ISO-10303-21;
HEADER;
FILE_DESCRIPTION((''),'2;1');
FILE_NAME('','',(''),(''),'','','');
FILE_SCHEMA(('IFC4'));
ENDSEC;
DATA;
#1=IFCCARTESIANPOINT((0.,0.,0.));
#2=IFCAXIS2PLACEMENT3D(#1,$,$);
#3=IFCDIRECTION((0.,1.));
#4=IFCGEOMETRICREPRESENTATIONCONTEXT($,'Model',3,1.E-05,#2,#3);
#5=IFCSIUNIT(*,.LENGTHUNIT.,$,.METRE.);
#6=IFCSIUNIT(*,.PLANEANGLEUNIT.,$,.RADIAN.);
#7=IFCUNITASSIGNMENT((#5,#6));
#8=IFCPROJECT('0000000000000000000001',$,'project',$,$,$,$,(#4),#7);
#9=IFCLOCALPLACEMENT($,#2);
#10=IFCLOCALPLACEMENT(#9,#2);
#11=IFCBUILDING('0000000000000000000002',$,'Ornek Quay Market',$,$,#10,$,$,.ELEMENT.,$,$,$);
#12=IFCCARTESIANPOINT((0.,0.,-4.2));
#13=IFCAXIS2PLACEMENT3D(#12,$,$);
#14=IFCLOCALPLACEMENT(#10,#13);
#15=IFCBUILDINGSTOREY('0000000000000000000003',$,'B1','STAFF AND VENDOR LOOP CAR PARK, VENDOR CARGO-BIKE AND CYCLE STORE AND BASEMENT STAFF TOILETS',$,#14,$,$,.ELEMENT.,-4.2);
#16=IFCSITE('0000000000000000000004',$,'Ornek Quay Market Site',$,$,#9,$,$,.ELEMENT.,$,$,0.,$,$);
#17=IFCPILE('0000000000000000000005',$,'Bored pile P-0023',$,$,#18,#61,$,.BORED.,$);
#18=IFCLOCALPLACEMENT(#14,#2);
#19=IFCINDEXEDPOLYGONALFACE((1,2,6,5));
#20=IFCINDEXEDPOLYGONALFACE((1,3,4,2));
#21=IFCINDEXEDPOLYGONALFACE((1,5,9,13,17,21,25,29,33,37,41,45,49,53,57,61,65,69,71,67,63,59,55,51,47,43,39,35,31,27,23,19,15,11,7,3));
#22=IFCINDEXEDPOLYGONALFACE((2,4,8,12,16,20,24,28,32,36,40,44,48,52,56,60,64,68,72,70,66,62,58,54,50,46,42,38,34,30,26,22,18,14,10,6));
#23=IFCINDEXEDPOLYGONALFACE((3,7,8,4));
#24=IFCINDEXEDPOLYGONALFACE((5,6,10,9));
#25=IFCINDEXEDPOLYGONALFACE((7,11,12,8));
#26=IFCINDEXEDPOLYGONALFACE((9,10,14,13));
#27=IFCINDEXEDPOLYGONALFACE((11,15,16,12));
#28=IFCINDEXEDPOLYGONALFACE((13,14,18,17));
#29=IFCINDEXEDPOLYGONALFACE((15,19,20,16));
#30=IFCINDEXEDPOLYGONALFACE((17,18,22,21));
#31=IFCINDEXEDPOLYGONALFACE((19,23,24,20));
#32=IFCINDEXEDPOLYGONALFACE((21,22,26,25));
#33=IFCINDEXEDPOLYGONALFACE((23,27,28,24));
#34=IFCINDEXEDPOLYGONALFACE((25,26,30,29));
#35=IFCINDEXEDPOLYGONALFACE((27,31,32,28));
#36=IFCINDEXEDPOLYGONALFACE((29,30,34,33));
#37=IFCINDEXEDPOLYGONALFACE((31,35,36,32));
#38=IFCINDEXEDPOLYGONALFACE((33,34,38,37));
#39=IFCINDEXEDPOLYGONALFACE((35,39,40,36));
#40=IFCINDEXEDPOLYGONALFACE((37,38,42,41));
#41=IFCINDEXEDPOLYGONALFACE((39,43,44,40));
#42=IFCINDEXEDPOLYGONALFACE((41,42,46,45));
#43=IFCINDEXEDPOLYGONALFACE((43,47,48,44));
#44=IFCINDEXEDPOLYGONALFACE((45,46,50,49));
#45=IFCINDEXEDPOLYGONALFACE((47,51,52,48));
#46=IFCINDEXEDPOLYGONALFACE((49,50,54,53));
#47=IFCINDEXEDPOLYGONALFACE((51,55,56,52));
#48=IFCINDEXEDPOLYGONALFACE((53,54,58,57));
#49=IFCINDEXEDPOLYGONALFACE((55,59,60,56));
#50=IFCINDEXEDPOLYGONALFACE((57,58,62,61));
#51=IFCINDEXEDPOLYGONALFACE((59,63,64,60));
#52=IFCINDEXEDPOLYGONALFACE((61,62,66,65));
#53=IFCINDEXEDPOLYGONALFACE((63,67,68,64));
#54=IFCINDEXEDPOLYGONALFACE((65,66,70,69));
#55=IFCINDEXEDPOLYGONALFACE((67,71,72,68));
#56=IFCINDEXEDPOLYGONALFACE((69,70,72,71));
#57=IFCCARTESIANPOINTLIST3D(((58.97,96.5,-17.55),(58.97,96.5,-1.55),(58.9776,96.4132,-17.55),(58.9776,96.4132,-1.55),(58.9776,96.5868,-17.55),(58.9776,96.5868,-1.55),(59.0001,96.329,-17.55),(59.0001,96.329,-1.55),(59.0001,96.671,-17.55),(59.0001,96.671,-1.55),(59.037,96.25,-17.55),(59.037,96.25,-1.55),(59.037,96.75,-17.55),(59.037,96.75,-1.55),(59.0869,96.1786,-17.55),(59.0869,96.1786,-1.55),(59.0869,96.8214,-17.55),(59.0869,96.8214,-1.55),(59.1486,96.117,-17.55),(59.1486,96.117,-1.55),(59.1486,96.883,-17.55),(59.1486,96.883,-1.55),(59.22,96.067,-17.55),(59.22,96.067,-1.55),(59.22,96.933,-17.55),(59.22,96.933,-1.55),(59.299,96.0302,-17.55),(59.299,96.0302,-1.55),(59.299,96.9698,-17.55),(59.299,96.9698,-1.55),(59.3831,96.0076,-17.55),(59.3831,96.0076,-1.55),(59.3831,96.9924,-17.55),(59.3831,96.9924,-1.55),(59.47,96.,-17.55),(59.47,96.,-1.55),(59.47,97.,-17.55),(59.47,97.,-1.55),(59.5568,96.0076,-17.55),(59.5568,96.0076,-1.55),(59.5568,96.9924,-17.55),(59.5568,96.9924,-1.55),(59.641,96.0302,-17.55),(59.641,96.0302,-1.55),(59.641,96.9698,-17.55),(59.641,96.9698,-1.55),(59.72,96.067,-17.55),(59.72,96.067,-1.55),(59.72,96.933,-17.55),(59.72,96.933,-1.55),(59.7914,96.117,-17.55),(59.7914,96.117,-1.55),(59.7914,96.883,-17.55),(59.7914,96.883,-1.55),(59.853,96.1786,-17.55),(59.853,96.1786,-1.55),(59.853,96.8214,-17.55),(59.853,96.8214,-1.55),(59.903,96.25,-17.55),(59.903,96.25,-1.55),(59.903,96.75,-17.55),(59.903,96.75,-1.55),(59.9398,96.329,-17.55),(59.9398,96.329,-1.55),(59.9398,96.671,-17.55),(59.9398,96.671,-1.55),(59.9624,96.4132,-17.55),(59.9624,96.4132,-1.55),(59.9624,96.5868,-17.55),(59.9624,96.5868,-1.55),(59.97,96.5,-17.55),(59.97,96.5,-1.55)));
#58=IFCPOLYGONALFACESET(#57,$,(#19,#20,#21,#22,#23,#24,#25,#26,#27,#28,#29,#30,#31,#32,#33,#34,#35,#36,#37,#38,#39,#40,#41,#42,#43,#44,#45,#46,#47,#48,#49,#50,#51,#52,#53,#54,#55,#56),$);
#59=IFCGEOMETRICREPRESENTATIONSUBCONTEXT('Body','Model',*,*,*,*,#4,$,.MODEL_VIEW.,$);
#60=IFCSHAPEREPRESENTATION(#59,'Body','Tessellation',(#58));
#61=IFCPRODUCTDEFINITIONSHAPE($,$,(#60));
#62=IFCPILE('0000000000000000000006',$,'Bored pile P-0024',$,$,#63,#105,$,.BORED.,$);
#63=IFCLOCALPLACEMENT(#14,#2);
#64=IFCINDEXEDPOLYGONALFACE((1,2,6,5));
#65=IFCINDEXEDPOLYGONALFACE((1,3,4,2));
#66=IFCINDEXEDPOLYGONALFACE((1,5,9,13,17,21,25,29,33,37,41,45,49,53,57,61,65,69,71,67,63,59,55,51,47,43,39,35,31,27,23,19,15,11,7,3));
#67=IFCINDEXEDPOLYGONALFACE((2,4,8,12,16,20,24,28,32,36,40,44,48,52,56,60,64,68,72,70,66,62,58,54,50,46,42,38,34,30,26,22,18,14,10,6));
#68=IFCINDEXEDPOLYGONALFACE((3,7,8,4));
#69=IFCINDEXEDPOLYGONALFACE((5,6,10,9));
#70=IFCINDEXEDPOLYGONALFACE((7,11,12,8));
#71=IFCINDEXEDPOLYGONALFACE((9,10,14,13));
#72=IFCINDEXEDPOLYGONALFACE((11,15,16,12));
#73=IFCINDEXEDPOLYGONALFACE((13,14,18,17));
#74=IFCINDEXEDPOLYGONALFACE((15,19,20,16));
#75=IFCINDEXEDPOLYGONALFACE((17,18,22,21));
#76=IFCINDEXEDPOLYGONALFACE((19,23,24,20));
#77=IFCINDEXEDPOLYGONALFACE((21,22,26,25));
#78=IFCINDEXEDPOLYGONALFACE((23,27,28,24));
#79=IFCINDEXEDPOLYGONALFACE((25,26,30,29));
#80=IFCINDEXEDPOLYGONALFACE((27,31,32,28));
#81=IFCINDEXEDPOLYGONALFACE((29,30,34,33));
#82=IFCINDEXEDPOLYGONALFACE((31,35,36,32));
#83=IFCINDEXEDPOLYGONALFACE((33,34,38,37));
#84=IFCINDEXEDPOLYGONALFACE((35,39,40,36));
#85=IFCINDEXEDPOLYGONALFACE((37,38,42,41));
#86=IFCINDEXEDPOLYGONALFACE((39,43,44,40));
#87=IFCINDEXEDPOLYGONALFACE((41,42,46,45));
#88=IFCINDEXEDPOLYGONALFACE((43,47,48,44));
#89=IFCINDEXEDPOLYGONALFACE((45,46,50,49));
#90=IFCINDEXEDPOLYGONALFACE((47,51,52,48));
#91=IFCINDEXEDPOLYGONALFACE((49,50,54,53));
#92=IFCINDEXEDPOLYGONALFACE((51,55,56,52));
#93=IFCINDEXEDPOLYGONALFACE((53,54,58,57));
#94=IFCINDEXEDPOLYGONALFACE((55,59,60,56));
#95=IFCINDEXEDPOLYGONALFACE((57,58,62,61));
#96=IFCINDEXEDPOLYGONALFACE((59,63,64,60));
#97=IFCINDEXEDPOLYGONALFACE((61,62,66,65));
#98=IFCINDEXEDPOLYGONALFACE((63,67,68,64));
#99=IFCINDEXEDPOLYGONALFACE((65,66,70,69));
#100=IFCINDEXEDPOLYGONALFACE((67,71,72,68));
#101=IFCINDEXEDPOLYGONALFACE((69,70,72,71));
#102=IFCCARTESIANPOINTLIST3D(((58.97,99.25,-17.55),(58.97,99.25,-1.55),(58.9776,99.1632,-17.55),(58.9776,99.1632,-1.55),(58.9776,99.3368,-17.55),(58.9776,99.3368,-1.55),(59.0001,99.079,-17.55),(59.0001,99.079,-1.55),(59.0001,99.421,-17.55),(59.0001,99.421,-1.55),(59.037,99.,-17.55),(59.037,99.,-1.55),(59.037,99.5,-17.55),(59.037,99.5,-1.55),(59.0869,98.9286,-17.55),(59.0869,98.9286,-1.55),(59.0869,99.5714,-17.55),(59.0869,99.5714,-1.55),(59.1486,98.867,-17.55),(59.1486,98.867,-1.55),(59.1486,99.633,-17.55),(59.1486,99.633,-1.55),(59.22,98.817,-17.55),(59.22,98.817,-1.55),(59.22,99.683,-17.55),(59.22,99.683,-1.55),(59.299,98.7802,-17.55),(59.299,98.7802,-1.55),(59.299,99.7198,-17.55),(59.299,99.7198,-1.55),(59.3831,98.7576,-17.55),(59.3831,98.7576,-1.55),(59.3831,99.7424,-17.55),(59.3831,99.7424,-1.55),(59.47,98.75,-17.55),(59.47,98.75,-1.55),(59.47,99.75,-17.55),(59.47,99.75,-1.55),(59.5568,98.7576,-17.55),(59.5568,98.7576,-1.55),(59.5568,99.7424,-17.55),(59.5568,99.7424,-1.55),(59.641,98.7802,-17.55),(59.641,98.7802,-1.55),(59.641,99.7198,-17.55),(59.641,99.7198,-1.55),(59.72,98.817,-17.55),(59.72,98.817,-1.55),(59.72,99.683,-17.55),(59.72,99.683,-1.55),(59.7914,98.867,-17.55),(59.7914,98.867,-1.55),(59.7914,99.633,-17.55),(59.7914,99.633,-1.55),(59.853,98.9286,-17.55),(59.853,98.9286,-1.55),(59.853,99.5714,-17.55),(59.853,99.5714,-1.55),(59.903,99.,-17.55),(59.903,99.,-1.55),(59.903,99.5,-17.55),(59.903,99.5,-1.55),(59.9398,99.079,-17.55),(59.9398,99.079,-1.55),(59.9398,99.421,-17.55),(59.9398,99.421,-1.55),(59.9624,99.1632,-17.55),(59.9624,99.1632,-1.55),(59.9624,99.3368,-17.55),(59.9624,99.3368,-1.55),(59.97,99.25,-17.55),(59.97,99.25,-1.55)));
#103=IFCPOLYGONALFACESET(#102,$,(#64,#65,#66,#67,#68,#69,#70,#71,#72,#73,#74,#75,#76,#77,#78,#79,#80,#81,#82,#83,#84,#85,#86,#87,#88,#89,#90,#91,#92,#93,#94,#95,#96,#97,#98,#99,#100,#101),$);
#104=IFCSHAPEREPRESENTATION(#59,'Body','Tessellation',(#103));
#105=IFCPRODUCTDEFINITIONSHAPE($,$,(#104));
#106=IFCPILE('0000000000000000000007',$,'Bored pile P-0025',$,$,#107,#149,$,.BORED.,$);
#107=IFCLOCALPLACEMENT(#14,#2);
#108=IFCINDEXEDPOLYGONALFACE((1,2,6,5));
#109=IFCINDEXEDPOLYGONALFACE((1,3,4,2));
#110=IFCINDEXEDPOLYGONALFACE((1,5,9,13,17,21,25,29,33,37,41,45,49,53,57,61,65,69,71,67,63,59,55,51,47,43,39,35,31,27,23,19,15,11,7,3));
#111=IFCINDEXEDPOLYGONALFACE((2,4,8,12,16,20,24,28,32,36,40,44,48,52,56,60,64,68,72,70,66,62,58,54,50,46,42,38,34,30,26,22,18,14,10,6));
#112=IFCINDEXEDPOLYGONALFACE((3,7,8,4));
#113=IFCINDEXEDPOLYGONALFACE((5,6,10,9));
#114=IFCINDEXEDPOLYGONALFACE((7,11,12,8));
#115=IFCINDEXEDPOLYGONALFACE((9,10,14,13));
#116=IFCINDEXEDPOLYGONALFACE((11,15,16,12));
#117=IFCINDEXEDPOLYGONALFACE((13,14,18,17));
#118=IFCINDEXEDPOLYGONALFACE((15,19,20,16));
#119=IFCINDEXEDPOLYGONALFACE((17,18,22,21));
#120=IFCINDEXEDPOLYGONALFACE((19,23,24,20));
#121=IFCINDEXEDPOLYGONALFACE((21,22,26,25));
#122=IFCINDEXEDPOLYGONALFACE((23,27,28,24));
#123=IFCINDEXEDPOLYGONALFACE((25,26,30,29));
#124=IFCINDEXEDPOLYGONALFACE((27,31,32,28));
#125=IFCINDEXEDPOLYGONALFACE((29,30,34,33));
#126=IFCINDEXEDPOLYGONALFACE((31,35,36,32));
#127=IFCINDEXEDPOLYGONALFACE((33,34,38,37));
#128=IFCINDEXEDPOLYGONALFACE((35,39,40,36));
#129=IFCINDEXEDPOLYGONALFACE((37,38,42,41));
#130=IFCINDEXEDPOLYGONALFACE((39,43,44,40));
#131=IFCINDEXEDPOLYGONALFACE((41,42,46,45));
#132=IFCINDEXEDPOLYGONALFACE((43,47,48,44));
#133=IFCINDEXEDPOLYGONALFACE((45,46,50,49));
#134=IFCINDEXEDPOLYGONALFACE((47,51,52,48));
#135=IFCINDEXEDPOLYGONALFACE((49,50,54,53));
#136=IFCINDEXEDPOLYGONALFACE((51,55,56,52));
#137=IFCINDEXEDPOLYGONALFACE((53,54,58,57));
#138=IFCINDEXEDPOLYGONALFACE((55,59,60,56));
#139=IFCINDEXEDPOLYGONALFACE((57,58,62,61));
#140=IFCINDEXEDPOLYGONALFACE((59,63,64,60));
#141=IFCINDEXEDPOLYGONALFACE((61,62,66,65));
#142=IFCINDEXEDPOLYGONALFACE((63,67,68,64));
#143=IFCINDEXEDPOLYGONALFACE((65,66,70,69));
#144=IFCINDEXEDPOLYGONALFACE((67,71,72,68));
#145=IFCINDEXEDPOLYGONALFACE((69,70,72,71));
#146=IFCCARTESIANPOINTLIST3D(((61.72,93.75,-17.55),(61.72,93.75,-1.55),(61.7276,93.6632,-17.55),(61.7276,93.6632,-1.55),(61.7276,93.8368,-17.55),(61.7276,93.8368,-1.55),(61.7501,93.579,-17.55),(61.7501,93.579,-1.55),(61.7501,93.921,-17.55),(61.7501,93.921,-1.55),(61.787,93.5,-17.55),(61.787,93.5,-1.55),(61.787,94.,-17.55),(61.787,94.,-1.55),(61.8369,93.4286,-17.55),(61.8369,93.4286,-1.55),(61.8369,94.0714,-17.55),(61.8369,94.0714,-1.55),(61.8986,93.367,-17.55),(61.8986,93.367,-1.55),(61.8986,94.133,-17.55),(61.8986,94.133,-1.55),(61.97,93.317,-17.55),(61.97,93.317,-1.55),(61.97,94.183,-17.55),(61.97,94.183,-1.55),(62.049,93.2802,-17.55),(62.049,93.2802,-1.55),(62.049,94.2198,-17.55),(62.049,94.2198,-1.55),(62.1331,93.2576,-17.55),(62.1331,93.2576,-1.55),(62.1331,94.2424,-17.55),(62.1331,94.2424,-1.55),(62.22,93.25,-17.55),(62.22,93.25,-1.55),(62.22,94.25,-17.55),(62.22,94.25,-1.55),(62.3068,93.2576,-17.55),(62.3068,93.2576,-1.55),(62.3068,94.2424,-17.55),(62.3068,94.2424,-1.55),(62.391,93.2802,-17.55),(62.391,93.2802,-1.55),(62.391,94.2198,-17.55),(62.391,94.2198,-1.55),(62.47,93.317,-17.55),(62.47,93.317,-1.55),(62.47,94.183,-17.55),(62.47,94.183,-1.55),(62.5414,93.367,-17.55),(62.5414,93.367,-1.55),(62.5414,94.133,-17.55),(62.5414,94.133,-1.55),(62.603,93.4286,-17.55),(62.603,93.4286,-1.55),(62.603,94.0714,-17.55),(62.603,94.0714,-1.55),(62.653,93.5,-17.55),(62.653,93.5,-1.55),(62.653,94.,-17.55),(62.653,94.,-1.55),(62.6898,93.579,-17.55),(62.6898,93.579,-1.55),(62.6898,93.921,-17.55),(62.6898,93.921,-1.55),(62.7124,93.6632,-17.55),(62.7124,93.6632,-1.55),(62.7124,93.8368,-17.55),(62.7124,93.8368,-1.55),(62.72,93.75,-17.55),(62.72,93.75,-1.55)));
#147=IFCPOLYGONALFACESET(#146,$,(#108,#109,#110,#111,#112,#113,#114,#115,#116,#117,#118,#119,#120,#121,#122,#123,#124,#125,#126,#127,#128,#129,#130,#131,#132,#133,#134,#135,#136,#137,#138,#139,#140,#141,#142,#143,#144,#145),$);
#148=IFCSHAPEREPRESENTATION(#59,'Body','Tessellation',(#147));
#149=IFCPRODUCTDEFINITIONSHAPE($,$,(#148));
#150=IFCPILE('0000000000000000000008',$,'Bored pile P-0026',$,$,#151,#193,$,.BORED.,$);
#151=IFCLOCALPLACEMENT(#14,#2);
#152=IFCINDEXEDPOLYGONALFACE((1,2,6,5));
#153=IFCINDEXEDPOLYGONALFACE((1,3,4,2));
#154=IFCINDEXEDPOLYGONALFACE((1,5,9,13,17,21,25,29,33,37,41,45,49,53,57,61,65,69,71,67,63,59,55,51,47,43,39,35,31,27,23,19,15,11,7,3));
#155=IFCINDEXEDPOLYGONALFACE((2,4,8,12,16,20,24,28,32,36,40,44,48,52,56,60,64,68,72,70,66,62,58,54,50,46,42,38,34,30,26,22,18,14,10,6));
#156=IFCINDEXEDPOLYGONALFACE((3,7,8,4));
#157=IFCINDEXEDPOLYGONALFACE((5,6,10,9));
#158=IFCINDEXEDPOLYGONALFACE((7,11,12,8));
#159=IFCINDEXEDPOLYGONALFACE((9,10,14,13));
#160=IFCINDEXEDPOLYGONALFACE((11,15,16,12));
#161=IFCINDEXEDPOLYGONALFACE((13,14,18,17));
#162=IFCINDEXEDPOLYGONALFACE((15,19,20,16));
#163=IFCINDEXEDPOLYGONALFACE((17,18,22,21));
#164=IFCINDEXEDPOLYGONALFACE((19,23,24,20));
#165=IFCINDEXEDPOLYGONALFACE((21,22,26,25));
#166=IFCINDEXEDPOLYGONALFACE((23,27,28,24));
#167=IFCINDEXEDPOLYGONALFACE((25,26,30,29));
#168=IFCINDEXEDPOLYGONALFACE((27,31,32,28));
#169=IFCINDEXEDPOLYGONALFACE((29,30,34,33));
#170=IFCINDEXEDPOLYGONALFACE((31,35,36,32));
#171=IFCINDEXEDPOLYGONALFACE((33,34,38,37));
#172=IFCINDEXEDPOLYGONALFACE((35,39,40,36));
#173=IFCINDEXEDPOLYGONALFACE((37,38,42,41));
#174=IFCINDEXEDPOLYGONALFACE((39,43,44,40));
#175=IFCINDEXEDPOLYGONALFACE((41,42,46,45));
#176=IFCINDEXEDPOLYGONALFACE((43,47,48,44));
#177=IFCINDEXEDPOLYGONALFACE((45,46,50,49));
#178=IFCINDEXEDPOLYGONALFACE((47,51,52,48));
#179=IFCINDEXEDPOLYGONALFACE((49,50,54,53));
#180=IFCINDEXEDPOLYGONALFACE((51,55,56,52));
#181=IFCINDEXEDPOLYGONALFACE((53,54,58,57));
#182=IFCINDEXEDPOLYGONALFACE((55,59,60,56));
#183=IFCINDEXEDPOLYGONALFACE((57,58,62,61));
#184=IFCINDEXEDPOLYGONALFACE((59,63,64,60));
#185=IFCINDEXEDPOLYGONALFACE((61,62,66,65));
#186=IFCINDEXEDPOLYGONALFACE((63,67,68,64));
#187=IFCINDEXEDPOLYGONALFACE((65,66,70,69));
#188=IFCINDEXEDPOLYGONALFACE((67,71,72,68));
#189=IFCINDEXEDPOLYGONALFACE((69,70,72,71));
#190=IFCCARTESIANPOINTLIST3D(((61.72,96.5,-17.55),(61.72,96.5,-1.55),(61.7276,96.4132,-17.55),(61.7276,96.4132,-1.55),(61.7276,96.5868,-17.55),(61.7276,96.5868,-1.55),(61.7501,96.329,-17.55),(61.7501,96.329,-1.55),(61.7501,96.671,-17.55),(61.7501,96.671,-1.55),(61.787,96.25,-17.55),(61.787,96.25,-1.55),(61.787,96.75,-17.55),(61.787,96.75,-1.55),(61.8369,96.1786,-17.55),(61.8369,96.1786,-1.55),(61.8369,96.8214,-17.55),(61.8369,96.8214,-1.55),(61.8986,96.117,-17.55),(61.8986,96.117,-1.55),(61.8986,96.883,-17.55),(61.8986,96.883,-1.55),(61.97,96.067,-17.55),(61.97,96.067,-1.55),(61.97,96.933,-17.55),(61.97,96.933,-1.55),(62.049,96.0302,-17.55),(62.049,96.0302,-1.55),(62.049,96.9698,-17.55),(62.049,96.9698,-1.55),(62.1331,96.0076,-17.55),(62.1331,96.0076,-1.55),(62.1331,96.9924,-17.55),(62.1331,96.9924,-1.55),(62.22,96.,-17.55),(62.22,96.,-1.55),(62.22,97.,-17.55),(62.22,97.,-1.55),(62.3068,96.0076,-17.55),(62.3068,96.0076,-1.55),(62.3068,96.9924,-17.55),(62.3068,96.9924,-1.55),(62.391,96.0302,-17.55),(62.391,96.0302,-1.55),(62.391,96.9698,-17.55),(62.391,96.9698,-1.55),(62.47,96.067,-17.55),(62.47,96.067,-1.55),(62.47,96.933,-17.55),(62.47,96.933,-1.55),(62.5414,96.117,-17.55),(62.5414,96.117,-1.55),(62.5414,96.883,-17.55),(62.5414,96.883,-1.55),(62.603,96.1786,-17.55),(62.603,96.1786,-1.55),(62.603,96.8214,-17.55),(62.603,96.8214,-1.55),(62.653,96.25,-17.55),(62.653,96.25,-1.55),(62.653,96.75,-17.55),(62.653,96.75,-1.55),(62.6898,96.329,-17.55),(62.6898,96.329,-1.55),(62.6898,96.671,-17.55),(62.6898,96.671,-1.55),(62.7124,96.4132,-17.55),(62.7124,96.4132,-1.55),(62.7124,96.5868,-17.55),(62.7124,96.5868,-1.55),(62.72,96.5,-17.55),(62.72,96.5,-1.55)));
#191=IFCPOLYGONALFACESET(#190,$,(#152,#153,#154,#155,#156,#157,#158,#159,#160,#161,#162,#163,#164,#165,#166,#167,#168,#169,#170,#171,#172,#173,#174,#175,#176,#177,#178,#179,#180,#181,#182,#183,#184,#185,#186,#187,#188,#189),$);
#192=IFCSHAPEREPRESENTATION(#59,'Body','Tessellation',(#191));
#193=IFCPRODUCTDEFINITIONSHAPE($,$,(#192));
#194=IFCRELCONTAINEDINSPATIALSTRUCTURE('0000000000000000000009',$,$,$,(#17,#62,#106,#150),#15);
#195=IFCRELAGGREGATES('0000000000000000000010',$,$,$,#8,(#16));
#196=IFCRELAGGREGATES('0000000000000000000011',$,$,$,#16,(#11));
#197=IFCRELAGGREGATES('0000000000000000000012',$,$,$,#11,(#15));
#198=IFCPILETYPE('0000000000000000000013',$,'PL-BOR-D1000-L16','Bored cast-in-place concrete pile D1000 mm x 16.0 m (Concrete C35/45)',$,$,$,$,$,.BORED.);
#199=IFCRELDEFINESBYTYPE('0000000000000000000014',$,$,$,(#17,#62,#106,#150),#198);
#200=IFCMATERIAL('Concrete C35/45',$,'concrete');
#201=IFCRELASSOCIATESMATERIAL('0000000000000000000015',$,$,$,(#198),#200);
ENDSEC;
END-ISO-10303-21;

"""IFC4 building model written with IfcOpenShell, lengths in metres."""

from ifc_helpers import new_model, si_unit, direction, frame, origin, origin_2d, place, context, subcontext, project, spatial, circle, extrude, material, material_profile, profile_set, type_object, element, save


model = new_model("IFC4")

# Units and contexts
model_context = context("Model", 3, precision=1e-05, world=origin(), true_north=direction((0.0, 1.0)))
body_context = subcontext(model_context, "Body", "Model", "MODEL_VIEW")
ifc_project = project(units=[si_unit("LENGTHUNIT", "METRE"), si_unit("PLANEANGLEUNIT", "RADIAN")], contexts=[model_context])

# Site, building, storey
site_placement = place(None, origin())
site = spatial("IfcSite", under=ifc_project, at=site_placement, Name="Ornek Quay Market Site", CompositionType="ELEMENT", RefElevation=0.0)
building_placement = place(site_placement, origin())
building = spatial("IfcBuilding", under=site, at=building_placement, Name="Ornek Quay Market", CompositionType="ELEMENT")
storey_placement = place(building_placement, frame((0.0, 0.0, -4.2)))
storey = spatial("IfcBuildingStorey", under=building, at=storey_placement, Name="B1", Description="STAFF AND VENDOR LOOP CAR PARK, VENDOR CARGO-BIKE AND CYCLE STORE AND BASEMENT STAFF TOILETS", CompositionType="ELEMENT", Elevation=-4.2)

# Piles
ifc_material_1 = material(Name="Concrete C35/45", Category="concrete")
ifc_material_profile_1 = material_profile(ifc_material_1, circle(Radius=0.5, at=origin_2d()), Name="PILE D1000", Category="concrete")
ifc_profile_set_1 = profile_set([ifc_material_profile_1], Name="Concrete C35/45")
pile_type = type_object("IfcPileType", Name="PL-BOR-D1000-L16", Description="Bored cast-in-place concrete pile D1000 mm x 16.0 m (Concrete C35/45)", PredefinedType="BORED", material=ifc_profile_set_1)
for number, where, z_axis, x_axis, name in (
    (1, (59.47, 96.5, -1.55), (0.0, 0.0, -1.0), (1.0, 0.0, 0.0), "Bored pile P-0023"),
    (2, (59.47, 99.25, -1.55), (0.0, 0.0, -1.0), (1.0, 0.0, 0.0), "Bored pile P-0024"),
    (3, (62.22, 93.75, -1.55), (0.0, 0.0, -1.0), (1.0, 0.0, 0.0), "Bored pile P-0025"),
    (4, (62.22, 96.5, -1.55), (0.0, 0.0, -1.0), (1.0, 0.0, 0.0), "Bored pile P-0026"),
):
    element("IfcPile", number, at=place(storey_placement, frame(where, z_axis=z_axis, x_axis=x_axis)), inside=storey, type_object=pile_type, Name=name, PredefinedType="BORED", context=body_context, shape_type="SweptSolid", body=[
        extrude(circle(Radius=0.5, at=origin_2d()), origin(), (0.0, 0.0, 1.0), 16.0),
    ])

save(model, "model.ifc")
